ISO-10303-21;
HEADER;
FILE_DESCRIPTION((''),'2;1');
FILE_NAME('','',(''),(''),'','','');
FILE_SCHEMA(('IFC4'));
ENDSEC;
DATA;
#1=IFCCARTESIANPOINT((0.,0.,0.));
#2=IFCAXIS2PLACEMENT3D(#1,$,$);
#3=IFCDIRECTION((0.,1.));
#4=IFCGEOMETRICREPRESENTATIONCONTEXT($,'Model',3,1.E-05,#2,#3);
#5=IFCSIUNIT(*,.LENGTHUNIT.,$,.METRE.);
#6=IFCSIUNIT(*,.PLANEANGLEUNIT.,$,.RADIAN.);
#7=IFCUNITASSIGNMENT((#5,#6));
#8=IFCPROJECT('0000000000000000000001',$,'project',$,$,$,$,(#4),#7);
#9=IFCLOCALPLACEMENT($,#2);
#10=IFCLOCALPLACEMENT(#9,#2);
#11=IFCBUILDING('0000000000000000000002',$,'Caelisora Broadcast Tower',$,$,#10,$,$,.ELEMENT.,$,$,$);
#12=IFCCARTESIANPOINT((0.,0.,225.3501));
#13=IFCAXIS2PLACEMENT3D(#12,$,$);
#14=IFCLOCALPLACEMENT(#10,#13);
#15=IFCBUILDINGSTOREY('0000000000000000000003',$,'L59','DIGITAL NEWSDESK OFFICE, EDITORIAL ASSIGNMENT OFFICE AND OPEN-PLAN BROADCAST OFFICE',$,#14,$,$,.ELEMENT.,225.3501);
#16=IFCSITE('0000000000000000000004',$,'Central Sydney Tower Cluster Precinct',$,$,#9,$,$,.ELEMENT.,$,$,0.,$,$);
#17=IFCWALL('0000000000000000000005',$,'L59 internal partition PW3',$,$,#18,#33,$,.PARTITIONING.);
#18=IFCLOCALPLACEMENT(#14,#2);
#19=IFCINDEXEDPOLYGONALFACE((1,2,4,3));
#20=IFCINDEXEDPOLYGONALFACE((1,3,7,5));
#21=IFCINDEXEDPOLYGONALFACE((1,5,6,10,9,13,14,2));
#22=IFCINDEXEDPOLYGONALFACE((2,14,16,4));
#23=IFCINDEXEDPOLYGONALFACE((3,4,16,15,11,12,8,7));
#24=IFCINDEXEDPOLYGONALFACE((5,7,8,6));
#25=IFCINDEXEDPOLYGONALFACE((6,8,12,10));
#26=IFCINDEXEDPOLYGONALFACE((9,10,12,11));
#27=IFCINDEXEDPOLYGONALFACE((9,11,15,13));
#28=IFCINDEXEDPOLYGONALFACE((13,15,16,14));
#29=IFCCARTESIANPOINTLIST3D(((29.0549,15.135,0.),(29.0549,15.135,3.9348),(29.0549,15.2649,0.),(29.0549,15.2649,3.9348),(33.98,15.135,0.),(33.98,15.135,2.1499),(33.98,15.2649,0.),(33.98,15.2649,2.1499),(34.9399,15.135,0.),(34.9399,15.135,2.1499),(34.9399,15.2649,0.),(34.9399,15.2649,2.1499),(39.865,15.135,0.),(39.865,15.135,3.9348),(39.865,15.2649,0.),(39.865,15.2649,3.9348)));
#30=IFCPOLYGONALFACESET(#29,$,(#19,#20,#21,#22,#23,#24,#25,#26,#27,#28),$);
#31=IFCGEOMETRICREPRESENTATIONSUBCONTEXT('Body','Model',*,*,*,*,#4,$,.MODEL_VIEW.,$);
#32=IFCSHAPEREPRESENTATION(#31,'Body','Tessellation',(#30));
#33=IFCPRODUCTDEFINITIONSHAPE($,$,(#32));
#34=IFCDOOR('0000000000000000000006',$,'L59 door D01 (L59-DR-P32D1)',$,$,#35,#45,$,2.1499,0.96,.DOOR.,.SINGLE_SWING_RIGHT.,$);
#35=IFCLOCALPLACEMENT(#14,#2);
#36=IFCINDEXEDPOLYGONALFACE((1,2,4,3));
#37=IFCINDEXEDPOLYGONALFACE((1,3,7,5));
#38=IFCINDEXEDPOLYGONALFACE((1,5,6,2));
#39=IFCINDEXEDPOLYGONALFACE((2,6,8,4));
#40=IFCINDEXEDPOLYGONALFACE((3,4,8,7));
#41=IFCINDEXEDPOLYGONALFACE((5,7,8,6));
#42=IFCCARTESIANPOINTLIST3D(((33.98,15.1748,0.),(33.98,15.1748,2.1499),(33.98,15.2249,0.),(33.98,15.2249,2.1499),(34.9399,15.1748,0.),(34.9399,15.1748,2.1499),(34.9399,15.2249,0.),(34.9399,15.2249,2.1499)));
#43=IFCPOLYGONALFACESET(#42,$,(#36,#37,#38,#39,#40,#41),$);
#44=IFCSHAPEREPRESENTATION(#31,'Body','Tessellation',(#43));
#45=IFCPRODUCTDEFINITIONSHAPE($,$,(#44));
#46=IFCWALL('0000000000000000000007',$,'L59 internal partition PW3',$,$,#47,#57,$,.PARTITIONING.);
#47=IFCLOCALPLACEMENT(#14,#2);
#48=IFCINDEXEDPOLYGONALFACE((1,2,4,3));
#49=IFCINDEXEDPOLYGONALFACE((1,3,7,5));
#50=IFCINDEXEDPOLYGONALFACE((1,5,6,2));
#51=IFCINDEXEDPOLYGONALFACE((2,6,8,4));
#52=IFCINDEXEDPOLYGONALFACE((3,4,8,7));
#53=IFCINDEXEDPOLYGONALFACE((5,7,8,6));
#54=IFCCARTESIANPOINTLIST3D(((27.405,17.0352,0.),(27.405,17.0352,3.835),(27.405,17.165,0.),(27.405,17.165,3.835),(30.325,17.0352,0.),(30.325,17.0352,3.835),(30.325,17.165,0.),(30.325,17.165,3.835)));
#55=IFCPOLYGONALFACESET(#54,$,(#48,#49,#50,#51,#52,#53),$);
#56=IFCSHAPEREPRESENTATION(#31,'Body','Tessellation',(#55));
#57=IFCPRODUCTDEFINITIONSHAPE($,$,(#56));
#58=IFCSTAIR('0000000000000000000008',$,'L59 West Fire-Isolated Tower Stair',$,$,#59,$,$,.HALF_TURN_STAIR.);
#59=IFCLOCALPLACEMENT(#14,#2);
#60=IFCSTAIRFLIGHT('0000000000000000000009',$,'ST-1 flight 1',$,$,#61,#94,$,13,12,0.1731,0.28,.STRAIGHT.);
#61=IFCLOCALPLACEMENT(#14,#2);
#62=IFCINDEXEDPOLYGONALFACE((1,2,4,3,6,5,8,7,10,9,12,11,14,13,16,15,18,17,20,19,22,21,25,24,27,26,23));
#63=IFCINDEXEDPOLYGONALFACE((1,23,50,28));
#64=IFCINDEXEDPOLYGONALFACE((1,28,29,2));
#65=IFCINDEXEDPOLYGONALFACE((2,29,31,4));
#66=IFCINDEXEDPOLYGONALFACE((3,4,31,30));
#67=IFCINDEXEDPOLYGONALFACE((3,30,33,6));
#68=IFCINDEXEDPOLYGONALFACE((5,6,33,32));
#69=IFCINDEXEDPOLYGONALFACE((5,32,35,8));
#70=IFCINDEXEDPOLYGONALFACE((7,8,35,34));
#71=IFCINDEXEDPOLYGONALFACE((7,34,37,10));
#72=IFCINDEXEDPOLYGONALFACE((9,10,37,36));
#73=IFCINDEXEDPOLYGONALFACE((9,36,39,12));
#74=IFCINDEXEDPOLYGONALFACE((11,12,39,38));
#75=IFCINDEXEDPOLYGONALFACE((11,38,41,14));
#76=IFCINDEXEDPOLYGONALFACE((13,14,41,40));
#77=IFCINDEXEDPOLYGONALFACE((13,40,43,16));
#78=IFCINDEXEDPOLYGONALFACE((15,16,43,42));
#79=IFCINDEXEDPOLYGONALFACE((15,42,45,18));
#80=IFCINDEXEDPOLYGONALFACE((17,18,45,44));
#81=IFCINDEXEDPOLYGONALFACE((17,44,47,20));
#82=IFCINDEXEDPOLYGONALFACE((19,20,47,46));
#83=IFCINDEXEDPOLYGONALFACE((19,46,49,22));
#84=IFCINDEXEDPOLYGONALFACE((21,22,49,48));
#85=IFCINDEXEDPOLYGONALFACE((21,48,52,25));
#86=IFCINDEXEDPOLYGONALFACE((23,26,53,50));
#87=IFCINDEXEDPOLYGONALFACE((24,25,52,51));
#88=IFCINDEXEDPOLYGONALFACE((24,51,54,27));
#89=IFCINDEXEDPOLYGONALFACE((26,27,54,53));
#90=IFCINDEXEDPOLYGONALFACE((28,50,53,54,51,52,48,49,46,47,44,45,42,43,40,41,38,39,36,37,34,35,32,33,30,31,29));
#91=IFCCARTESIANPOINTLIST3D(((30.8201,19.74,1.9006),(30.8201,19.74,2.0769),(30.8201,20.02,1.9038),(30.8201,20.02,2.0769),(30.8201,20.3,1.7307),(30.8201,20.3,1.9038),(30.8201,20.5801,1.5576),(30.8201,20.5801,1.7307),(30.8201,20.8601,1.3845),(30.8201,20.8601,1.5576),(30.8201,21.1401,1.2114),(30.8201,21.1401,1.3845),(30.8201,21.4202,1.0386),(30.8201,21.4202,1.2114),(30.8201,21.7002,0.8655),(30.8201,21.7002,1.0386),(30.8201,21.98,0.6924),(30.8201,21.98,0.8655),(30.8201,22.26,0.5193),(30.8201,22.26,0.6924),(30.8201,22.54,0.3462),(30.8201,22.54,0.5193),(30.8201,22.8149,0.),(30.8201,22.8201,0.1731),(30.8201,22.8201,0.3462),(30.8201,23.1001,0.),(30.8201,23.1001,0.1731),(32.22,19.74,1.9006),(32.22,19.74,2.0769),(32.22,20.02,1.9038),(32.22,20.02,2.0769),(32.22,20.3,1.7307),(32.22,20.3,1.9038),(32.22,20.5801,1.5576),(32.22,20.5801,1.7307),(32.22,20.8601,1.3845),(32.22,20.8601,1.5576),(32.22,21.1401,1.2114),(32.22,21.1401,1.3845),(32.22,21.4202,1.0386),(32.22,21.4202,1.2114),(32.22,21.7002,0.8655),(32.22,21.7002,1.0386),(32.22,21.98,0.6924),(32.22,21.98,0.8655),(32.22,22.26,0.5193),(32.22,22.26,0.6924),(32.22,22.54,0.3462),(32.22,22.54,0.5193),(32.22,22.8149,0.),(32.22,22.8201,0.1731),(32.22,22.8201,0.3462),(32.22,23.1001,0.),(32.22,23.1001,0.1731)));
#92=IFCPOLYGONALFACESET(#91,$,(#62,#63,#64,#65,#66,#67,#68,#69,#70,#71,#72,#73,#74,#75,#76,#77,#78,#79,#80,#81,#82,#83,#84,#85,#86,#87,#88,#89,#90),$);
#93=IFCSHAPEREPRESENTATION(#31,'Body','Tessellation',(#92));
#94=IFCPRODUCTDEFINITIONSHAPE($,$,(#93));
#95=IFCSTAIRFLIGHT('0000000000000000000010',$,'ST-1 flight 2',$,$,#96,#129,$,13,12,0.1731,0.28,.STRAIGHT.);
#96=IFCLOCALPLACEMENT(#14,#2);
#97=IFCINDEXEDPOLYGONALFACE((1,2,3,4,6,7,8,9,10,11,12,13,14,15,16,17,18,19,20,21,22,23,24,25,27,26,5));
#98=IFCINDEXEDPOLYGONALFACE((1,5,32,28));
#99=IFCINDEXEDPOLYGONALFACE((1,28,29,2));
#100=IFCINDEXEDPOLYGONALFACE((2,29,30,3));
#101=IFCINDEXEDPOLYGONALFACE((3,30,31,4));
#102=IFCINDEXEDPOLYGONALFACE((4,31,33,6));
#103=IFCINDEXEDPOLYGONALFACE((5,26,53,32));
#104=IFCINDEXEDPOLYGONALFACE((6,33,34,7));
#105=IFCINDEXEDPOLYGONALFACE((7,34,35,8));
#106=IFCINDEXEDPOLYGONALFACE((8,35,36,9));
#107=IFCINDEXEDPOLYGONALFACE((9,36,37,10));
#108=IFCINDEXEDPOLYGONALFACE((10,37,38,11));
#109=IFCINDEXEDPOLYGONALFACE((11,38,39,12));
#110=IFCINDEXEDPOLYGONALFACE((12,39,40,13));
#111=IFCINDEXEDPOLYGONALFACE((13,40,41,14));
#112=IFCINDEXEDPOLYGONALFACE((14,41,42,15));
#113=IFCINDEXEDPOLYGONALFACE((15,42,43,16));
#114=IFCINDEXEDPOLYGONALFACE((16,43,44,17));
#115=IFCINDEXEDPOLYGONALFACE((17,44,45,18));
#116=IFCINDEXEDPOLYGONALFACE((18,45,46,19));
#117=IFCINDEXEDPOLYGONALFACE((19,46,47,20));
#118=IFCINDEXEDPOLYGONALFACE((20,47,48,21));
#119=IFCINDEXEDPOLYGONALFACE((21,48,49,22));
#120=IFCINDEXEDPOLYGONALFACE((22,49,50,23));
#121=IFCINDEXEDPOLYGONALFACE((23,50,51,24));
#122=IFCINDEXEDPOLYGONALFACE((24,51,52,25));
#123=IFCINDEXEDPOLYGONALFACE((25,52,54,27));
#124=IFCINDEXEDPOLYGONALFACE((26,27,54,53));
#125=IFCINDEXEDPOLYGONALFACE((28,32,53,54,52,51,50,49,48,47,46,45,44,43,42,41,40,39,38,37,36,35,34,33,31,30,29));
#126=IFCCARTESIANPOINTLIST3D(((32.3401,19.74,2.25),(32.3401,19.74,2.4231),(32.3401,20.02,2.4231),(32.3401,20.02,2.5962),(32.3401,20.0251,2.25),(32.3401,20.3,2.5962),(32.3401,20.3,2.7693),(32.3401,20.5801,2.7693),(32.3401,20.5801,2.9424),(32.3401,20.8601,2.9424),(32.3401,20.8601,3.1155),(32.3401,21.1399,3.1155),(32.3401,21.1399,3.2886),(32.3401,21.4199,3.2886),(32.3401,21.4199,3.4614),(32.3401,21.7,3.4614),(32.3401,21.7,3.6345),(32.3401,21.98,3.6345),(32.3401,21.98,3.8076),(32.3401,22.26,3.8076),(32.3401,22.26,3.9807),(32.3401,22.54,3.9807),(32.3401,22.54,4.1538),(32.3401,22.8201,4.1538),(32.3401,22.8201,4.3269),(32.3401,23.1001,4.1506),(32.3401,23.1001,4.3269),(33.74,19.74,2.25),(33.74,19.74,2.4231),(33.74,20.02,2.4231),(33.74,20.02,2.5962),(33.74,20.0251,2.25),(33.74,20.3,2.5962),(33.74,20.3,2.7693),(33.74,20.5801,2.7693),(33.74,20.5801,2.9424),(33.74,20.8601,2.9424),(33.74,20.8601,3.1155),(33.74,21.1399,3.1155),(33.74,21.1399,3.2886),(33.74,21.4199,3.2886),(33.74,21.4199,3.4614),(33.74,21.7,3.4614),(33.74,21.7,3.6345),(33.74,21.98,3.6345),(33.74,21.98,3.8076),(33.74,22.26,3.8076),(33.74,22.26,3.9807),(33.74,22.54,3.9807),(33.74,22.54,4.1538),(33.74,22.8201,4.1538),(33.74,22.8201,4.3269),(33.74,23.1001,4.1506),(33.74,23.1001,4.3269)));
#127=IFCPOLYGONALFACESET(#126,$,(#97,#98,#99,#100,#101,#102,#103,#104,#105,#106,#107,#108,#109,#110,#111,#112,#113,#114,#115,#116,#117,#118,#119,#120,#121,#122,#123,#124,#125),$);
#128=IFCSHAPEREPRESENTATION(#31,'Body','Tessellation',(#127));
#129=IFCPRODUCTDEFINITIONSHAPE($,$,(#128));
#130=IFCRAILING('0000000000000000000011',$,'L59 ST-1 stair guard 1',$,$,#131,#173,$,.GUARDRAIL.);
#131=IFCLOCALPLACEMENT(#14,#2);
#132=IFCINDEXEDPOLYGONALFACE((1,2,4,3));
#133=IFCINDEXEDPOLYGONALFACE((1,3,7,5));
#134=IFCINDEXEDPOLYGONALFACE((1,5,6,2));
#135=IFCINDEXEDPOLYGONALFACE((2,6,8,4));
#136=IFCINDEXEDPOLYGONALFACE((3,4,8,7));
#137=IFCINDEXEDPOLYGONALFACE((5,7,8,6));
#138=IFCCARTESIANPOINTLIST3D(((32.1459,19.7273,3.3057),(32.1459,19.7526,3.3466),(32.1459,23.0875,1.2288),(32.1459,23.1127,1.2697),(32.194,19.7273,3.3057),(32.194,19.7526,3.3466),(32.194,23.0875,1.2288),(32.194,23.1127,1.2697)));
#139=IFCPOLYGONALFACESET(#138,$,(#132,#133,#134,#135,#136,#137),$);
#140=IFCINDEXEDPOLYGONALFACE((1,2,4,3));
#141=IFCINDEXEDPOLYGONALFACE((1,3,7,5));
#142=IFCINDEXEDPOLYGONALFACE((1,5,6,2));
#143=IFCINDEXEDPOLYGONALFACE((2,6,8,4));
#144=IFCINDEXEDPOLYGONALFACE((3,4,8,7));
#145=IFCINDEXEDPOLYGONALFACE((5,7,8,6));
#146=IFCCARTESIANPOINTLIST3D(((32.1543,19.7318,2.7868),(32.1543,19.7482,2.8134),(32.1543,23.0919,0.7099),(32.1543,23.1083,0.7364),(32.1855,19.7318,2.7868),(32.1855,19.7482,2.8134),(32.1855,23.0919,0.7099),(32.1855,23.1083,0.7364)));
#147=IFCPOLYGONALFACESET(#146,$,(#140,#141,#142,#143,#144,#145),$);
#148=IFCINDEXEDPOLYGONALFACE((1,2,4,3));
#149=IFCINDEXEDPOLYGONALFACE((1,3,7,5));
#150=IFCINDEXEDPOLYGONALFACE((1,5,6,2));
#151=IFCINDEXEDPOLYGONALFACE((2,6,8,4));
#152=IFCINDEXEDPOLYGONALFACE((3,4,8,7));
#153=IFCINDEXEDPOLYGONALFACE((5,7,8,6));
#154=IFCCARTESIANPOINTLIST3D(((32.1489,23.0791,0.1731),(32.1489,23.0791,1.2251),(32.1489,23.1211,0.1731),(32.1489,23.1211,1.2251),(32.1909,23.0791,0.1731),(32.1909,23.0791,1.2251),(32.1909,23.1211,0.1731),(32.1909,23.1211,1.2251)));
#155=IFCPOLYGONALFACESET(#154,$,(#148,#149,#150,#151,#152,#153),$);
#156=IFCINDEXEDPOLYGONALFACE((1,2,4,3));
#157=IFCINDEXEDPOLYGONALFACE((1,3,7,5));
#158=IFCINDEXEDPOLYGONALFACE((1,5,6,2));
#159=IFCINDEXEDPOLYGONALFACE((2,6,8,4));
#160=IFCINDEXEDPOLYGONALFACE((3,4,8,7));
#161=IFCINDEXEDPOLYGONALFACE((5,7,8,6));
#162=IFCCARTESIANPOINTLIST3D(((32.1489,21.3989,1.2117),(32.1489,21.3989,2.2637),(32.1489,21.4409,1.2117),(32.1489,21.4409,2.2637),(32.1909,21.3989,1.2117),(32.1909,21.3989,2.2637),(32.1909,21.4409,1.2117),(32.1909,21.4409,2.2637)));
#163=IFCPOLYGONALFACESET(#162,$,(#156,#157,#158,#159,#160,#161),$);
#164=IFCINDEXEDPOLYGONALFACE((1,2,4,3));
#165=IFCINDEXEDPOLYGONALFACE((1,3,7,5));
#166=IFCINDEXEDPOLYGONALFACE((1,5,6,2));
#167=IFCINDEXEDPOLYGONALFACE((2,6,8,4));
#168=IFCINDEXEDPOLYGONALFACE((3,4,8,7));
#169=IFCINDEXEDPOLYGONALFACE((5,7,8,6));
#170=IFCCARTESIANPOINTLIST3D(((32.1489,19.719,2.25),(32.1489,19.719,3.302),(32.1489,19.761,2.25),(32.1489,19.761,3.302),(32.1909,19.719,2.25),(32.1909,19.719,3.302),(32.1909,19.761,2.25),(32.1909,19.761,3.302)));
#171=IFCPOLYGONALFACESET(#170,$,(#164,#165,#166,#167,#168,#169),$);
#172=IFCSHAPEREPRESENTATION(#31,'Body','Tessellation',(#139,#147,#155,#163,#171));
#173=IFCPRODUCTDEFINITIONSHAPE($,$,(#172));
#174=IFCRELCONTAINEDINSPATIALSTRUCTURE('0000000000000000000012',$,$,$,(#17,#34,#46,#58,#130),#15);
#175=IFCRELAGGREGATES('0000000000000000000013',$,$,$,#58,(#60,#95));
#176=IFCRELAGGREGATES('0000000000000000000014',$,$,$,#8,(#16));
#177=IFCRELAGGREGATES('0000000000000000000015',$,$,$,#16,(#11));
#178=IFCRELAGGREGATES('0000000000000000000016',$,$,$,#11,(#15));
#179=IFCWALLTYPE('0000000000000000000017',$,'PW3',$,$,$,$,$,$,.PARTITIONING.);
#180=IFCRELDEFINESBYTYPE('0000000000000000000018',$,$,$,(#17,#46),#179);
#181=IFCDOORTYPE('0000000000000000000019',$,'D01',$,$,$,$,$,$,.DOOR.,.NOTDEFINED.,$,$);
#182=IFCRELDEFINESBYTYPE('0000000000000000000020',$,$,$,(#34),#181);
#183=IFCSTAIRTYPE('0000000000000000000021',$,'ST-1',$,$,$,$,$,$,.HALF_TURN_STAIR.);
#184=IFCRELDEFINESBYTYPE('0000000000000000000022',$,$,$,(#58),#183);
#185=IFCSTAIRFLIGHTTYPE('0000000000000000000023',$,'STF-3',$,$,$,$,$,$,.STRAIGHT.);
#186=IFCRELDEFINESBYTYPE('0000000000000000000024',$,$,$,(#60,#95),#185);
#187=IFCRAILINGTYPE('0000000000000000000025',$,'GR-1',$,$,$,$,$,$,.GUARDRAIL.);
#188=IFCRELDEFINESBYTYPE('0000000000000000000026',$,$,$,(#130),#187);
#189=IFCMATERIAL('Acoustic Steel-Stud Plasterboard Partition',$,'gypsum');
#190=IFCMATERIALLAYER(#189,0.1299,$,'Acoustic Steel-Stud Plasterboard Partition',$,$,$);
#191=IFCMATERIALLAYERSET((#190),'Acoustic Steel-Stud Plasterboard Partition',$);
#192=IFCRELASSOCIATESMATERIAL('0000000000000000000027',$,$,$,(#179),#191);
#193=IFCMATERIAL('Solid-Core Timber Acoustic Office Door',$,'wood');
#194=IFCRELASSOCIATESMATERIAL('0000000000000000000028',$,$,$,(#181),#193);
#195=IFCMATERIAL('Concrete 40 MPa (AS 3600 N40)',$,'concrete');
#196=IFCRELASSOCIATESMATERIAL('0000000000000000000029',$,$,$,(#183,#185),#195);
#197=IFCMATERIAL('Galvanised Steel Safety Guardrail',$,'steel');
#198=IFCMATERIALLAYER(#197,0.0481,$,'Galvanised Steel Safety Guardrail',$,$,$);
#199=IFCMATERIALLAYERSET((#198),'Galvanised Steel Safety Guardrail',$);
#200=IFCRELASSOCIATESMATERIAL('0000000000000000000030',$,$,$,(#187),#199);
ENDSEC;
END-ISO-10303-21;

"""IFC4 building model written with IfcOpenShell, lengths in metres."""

from ifc_helpers import new_model, si_unit, direction, frame, frame_2d, origin, origin_2d, place, context, subcontext, project, spatial, polyline, rectangle, outline, extrude, material, layer, layer_set, type_object, element, fill, aggregate, save


model = new_model("IFC4")

# Units and contexts
model_context = context("Model", 3, precision=1e-05, world=origin(), true_north=direction((0.0, 1.0)))
body_context = subcontext(model_context, "Body", "Model", "MODEL_VIEW")
ifc_project = project(units=[si_unit("LENGTHUNIT", "METRE"), si_unit("PLANEANGLEUNIT", "RADIAN")], contexts=[model_context])

# Site, building, storey
site_placement = place(None, origin())
site = spatial("IfcSite", under=ifc_project, at=site_placement, Name="Central Sydney Tower Cluster Precinct", CompositionType="ELEMENT", RefElevation=0.0)
building_placement = place(site_placement, origin())
building = spatial("IfcBuilding", under=site, at=building_placement, Name="Caelisora Broadcast Tower", CompositionType="ELEMENT")
storey_placement = place(building_placement, frame((0.0, 0.0, 225.3501)))
storey = spatial("IfcBuildingStorey", under=building, at=storey_placement, Name="L59", Description="DIGITAL NEWSDESK OFFICE, EDITORIAL ASSIGNMENT OFFICE AND OPEN-PLAN BROADCAST OFFICE", CompositionType="ELEMENT", Elevation=225.3501)

# Shared definitions
ifc_material_1 = material(Name="Concrete 40 MPa (AS 3600 N40)", Category="concrete")

# Shared definitions
ifc_material_2 = material(Name="Acoustic Steel-Stud Plasterboard Partition", Category="gypsum")
ifc_layer_1 = layer(ifc_material_2, 0.1299, Name="Acoustic Steel-Stud Plasterboard Partition")
ifc_layer_set_1 = layer_set([ifc_layer_1], Name="Acoustic Steel-Stud Plasterboard Partition")
wall_type_1 = type_object("IfcWallType", Name="PW3", PredefinedType="PARTITIONING", material=ifc_layer_set_1)

# Wall, opening, door
wall_1_placement = place(storey_placement, frame((29.0549, 15.2, 0.0), z_axis=(0.0, 0.0, 1.0), x_axis=(1.0, 0.0, 0.0)))
wall_1 = element("IfcWall", 1, at=wall_1_placement, inside=storey, type_object=wall_type_1, Name="L59 internal partition PW3", PredefinedType="PARTITIONING", context=body_context, shape_type="SweptSolid", body=[
    extrude(rectangle(XDim=10.8101, YDim=0.1299, at=frame_2d((5.405, 0.0))), origin(), (0.0, 0.0, 1.0), 3.9348),
])
opening_1_placement = place(wall_1_placement, frame((4.925, 0.0, 0.0)))
opening_1 = element("IfcOpeningElement", 2, at=opening_1_placement, cuts=wall_1, PredefinedType="OPENING", context=body_context, shape_type="SweptSolid", body=[
    extrude(rectangle(XDim=0.96, YDim=2.1499, at=frame_2d((0.48, 1.075))), frame((0.0, 0.0769, 0.0), z_axis=(0.0, -1.0, 0.0), x_axis=(1.0, 0.0, 0.0)), (0.0, 0.0, 1.0), 0.1538),
])
ifc_material_3 = material(Name="Solid-Core Timber Acoustic Office Door", Category="wood")
door_type_1 = type_object("IfcDoorType", Name="D01", OperationType="NOTDEFINED", PredefinedType="DOOR", material=ifc_material_3)
door_1_placement = place(opening_1_placement, origin())
door_1 = element("IfcDoor", 3, at=door_1_placement, inside=storey, type_object=door_type_1, Name="L59 door D01 (L59-DR-P32D1)", OperationType="SINGLE_SWING_RIGHT", OverallHeight=2.1499, OverallWidth=0.96, PredefinedType="DOOR", context=body_context, shape_type="SweptSolid", body=[
    extrude(rectangle(XDim=0.96, YDim=2.1499, at=frame_2d((0.48, 1.075))), frame((0.0, 0.0249, 0.0), z_axis=(0.0, -1.0, 0.0), x_axis=(1.0, 0.0, 0.0)), (0.0, 0.0, 1.0), 0.05),
])
fill(opening_1, door_1)

# Wall
wall_2_placement = place(storey_placement, frame((30.325, 17.1001, 0.0), z_axis=(0.0, 0.0, 1.0), x_axis=(-1.0, 0.0, 0.0)))
element("IfcWall", 4, at=wall_2_placement, inside=storey, type_object=wall_type_1, Name="L59 internal partition PW3", PredefinedType="PARTITIONING", context=body_context, shape_type="SweptSolid", body=[
    extrude(rectangle(XDim=2.9199, YDim=0.1299, at=frame_2d((1.46, 0.0))), origin(), (0.0, 0.0, 1.0), 3.835),
])

# Stair, stair flights
stair_type = type_object("IfcStairType", Name="ST-1", PredefinedType="HALF_TURN_STAIR", material=ifc_material_1)
stair_placement = place(storey_placement, origin())
stair = element("IfcStair", 5, at=stair_placement, inside=storey, type_object=stair_type, Name="L59 West Fire-Isolated Tower Stair", PredefinedType="HALF_TURN_STAIR")
stair_flight_type = type_object("IfcStairFlightType", Name="STF-3", PredefinedType="STRAIGHT", material=ifc_material_1)
stair_flight_1_placement = place(storey_placement, frame((31.52, 23.1001, 0.0), z_axis=(0.0, 0.0, 1.0), x_axis=(0.0, -1.0, 0.0)))
stair_flight_1 = element("IfcStairFlight", 6, at=stair_flight_1_placement, type_object=stair_flight_type, Name="ST-1 flight 1", NumberOfRisers=13, NumberOfTreads=12, PredefinedType="STRAIGHT", RiserHeight=0.1731, TreadLength=0.28, context=body_context, shape_type="SweptSolid", body=[
    extrude(outline(polyline([(0.0, 0.0), (0.0, 0.1731), (0.28, 0.1731), (0.28, 0.3462), (0.5601, 0.3462), (0.5601, 0.5193), (0.8401, 0.5193), (0.8401, 0.6924), (1.1201, 0.6924), (1.1201, 0.8655), (1.3999, 0.8655), (1.3999, 1.0386), (1.6799, 1.0386), (1.6799, 1.2114), (1.96, 1.2114), (1.96, 1.3845), (2.24, 1.3845), (2.24, 1.5576), (2.52, 1.5576), (2.52, 1.7307), (2.8, 1.7307), (2.8, 1.9038), (3.0801, 1.9038), (3.0801, 2.0769), (3.3601, 2.0769), (3.3601, 2.25), (3.3601, 1.9006), (0.2852, 0.0), (0.0, 0.0)])), frame((0.0, 0.7, 0.0), z_axis=(0.0, -1.0, 0.0), x_axis=(1.0, 0.0, 0.0)), (0.0, 0.0, 1.0), 1.3999),
])
stair_flight_2_placement = place(storey_placement, frame((33.04, 19.74, 2.25), z_axis=(0.0, 0.0, 1.0), x_axis=(0.0, 1.0, 0.0)))
stair_flight_2 = element("IfcStairFlight", 7, at=stair_flight_2_placement, type_object=stair_flight_type, Name="ST-1 flight 2", NumberOfRisers=13, NumberOfTreads=12, PredefinedType="STRAIGHT", RiserHeight=0.1731, TreadLength=0.28, context=body_context, shape_type="SweptSolid", body=[
    extrude(outline(polyline([(0.0, 0.0), (0.0, 0.1731), (0.28, 0.1731), (0.28, 0.3462), (0.5601, 0.3462), (0.5601, 0.5193), (0.8401, 0.5193), (0.8401, 0.6924), (1.1201, 0.6924), (1.1201, 0.8655), (1.3999, 0.8655), (1.3999, 1.0386), (1.6799, 1.0386), (1.6799, 1.2114), (1.96, 1.2114), (1.96, 1.3845), (2.24, 1.3845), (2.24, 1.5576), (2.52, 1.5576), (2.52, 1.7307), (2.8, 1.7307), (2.8, 1.9038), (3.0801, 1.9038), (3.0801, 2.0769), (3.3601, 2.0769), (3.3601, 2.25), (3.3601, 1.9006), (0.2852, 0.0), (0.0, 0.0)])), frame((0.0, 0.7, 0.0), z_axis=(0.0, -1.0, 0.0), x_axis=(1.0, 0.0, 0.0)), (0.0, 0.0, 1.0), 1.3999),
])
aggregate(stair, [stair_flight_1, stair_flight_2])

# Railing
ifc_material_4 = material(Name="Galvanised Steel Safety Guardrail", Category="steel")
ifc_layer_2 = layer(ifc_material_4, 0.0481, Name="Galvanised Steel Safety Guardrail")
ifc_layer_set_2 = layer_set([ifc_layer_2], Name="Galvanised Steel Safety Guardrail")
railing_type_1 = type_object("IfcRailingType", Name="GR-1", PredefinedType="GUARDRAIL", material=ifc_layer_set_2)
railing_1_placement = place(storey_placement, frame((32.1699, 23.1001, 0.1731)))
element("IfcRailing", 8, at=railing_1_placement, inside=storey, type_object=railing_type_1, Name="L59 ST-1 stair guard 1", PredefinedType="GUARDRAIL", context=body_context, shape_type="SweptSolid", body=[
    extrude(rectangle(XDim=0.0481, YDim=0.0481, at=origin_2d()), frame((0.0, 0.0, 1.0762), z_axis=(0.0, -0.850623, 0.525776), x_axis=(1.0, 0.0, 0.0)), (0.0, 0.0, 1.0), 3.9502),
    extrude(rectangle(XDim=0.0312, YDim=0.0312, at=origin_2d()), frame((0.0, 0.0, 0.55), z_axis=(0.0, -0.850623, 0.525776), x_axis=(1.0, 0.0, 0.0)), (0.0, 0.0, 1.0), 3.9502),
    extrude(rectangle(XDim=0.042, YDim=0.042, at=origin_2d()), origin(), (0.0, 0.0, 1.0), 1.052),
    extrude(rectangle(XDim=0.042, YDim=0.042, at=origin_2d()), frame((0.0, -1.6802, 1.0386)), (0.0, 0.0, 1.0), 1.052),
    extrude(rectangle(XDim=0.042, YDim=0.042, at=origin_2d()), frame((0.0, -3.3601, 2.0769)), (0.0, 0.0, 1.0), 1.052),
])

save(model, "model.ifc")
